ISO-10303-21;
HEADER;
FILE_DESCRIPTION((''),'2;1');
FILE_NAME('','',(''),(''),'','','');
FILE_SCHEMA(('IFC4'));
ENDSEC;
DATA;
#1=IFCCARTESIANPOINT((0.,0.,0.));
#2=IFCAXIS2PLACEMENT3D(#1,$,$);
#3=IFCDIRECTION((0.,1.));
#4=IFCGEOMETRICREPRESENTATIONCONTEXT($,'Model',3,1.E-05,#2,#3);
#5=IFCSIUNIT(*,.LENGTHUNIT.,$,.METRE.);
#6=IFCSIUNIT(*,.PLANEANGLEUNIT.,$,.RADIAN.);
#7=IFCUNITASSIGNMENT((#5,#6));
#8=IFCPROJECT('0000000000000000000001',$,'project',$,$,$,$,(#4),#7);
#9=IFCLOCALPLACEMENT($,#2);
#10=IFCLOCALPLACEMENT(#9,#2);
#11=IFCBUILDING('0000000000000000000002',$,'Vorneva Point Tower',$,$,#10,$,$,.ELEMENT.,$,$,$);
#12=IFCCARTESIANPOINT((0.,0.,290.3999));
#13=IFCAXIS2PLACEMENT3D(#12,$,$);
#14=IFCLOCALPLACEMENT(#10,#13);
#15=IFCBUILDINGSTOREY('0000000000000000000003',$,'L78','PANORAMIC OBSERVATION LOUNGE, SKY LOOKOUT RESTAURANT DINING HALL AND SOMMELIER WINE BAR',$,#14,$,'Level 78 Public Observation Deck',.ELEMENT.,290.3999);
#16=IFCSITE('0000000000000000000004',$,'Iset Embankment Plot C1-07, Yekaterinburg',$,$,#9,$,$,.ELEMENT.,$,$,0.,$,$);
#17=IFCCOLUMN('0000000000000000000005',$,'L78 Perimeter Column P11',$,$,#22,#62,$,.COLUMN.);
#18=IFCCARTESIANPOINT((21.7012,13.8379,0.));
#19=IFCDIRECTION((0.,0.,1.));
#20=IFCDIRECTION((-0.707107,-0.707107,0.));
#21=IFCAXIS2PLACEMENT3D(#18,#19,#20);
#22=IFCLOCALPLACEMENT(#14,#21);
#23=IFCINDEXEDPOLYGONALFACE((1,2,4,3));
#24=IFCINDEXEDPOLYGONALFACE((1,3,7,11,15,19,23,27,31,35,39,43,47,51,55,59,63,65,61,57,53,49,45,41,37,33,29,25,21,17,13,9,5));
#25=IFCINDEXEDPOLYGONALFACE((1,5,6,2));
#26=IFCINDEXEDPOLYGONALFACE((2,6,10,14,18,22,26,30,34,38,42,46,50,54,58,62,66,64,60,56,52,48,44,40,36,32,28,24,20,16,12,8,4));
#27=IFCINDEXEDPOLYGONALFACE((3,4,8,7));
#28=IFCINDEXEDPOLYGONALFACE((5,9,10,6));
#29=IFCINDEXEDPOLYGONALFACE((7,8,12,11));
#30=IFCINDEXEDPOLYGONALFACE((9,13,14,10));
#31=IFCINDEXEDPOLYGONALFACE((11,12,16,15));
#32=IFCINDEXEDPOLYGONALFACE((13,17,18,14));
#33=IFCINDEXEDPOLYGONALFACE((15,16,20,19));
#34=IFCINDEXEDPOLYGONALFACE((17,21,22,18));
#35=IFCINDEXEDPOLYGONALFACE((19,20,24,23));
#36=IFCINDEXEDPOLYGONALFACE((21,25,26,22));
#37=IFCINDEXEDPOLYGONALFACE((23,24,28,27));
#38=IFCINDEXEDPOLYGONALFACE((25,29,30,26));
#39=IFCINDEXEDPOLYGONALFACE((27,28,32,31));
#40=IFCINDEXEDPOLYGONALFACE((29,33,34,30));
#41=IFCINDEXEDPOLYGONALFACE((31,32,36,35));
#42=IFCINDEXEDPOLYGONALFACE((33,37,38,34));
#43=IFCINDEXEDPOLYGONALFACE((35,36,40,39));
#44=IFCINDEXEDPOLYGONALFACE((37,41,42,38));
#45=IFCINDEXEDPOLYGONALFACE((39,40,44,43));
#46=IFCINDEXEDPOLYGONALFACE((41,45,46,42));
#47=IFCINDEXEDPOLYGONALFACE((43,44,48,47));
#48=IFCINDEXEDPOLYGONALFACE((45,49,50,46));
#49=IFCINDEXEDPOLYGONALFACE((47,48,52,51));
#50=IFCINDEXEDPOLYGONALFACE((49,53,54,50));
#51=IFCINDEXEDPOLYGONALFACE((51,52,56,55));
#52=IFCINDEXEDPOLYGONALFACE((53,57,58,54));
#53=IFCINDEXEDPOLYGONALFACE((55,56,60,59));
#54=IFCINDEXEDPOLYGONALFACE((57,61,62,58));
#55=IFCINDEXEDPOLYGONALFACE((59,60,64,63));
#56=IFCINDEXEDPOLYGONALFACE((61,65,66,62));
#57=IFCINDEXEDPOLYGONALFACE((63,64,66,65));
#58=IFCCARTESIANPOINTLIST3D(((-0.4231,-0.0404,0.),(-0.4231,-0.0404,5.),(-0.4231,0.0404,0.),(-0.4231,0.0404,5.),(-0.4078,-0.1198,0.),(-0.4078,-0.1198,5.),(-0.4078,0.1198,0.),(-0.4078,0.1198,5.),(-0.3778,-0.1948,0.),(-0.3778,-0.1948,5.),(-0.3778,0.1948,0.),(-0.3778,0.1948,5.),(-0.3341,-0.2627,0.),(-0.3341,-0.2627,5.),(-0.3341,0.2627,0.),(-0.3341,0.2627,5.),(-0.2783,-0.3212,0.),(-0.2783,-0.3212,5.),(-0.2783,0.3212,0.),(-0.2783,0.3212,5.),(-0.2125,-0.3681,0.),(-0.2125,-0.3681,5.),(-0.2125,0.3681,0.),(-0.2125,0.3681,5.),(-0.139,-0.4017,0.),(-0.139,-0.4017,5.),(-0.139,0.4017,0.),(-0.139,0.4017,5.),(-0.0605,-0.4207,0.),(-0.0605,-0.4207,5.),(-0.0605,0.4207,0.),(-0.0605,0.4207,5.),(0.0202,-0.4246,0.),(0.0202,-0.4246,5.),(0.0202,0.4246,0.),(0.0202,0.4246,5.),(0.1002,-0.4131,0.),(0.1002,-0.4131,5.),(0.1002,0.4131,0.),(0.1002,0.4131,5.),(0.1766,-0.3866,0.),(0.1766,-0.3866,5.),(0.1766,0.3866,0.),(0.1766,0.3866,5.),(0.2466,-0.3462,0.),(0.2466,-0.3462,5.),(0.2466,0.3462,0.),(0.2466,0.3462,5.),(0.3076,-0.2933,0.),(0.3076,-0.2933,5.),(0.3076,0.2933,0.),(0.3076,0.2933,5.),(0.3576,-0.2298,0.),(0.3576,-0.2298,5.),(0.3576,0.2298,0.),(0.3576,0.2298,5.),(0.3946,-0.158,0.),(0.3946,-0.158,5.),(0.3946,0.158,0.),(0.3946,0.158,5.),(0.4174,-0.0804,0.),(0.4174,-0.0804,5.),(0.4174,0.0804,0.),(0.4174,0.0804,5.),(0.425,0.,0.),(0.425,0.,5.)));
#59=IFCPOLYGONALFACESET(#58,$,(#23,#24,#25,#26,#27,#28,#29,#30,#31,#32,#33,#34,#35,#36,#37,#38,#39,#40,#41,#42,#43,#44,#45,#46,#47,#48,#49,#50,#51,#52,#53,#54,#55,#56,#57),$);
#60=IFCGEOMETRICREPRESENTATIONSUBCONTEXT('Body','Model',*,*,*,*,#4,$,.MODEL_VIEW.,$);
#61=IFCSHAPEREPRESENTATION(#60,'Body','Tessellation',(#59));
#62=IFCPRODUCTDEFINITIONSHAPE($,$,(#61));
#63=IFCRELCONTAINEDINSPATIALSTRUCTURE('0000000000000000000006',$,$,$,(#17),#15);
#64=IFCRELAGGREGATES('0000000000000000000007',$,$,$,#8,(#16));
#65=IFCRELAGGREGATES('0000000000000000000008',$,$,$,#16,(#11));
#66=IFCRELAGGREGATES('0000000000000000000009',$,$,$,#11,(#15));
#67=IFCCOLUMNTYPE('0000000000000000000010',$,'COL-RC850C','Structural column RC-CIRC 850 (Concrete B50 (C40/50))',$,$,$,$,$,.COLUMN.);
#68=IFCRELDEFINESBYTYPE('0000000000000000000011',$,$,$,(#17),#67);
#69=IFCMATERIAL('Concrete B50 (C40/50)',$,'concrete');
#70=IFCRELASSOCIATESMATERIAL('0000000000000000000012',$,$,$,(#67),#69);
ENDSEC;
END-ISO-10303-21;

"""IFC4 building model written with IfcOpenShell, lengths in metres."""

from ifc_helpers import new_model, si_unit, direction, frame, origin, origin_2d, place, context, subcontext, project, spatial, circle, extrude, material, material_profile, profile_set, type_object, element, save


model = new_model("IFC4")

# Units and contexts
model_context = context("Model", 3, precision=1e-05, world=origin(), true_north=direction((0.0, 1.0)))
body_context = subcontext(model_context, "Body", "Model", "MODEL_VIEW")
ifc_project = project(units=[si_unit("LENGTHUNIT", "METRE"), si_unit("PLANEANGLEUNIT", "RADIAN")], contexts=[model_context])

# Site, building, storey
site_placement = place(None, origin())
site = spatial("IfcSite", under=ifc_project, at=site_placement, Name="Iset Embankment Plot C1-07, Yekaterinburg", CompositionType="ELEMENT", RefElevation=0.0)
building_placement = place(site_placement, origin())
building = spatial("IfcBuilding", under=site, at=building_placement, Name="Vorneva Point Tower", CompositionType="ELEMENT")
storey_placement = place(building_placement, frame((0.0, 0.0, 290.3999)))
storey = spatial("IfcBuildingStorey", under=building, at=storey_placement, Name="L78", Description="PANORAMIC OBSERVATION LOUNGE, SKY LOOKOUT RESTAURANT DINING HALL AND SOMMELIER WINE BAR", LongName="Level 78 Public Observation Deck", CompositionType="ELEMENT", Elevation=290.3999)

# Column
ifc_material_1 = material(Name="Concrete B50 (C40/50)", Category="concrete")
ifc_material_profile_1 = material_profile(ifc_material_1, circle(Radius=0.425, at=origin_2d()), Name="RC-CIRC 850")
ifc_profile_set_1 = profile_set([ifc_material_profile_1], Name="Concrete B50 (C40/50)")
column_type_1 = type_object("IfcColumnType", Name="COL-RC850C", Description="Structural column RC-CIRC 850 (Concrete B50 (C40/50))", PredefinedType="COLUMN", material=ifc_profile_set_1)
for number, where, z_axis, x_axis, name in (
    (1, (21.7012, 13.8379, 0.0), (0.0, 0.0, 1.0), (-0.707107, -0.707107, 0.0), "L78 Perimeter Column P11"),
):
    element("IfcColumn", number, at=place(storey_placement, frame(where, z_axis=z_axis, x_axis=x_axis)), inside=storey, type_object=column_type_1, Name=name, PredefinedType="COLUMN", context=body_context, shape_type="SweptSolid", body=[
        extrude(circle(Radius=0.425, at=origin_2d()), origin(), (0.0, 0.0, 1.0), 5.0),
    ])

save(model, "model.ifc")
